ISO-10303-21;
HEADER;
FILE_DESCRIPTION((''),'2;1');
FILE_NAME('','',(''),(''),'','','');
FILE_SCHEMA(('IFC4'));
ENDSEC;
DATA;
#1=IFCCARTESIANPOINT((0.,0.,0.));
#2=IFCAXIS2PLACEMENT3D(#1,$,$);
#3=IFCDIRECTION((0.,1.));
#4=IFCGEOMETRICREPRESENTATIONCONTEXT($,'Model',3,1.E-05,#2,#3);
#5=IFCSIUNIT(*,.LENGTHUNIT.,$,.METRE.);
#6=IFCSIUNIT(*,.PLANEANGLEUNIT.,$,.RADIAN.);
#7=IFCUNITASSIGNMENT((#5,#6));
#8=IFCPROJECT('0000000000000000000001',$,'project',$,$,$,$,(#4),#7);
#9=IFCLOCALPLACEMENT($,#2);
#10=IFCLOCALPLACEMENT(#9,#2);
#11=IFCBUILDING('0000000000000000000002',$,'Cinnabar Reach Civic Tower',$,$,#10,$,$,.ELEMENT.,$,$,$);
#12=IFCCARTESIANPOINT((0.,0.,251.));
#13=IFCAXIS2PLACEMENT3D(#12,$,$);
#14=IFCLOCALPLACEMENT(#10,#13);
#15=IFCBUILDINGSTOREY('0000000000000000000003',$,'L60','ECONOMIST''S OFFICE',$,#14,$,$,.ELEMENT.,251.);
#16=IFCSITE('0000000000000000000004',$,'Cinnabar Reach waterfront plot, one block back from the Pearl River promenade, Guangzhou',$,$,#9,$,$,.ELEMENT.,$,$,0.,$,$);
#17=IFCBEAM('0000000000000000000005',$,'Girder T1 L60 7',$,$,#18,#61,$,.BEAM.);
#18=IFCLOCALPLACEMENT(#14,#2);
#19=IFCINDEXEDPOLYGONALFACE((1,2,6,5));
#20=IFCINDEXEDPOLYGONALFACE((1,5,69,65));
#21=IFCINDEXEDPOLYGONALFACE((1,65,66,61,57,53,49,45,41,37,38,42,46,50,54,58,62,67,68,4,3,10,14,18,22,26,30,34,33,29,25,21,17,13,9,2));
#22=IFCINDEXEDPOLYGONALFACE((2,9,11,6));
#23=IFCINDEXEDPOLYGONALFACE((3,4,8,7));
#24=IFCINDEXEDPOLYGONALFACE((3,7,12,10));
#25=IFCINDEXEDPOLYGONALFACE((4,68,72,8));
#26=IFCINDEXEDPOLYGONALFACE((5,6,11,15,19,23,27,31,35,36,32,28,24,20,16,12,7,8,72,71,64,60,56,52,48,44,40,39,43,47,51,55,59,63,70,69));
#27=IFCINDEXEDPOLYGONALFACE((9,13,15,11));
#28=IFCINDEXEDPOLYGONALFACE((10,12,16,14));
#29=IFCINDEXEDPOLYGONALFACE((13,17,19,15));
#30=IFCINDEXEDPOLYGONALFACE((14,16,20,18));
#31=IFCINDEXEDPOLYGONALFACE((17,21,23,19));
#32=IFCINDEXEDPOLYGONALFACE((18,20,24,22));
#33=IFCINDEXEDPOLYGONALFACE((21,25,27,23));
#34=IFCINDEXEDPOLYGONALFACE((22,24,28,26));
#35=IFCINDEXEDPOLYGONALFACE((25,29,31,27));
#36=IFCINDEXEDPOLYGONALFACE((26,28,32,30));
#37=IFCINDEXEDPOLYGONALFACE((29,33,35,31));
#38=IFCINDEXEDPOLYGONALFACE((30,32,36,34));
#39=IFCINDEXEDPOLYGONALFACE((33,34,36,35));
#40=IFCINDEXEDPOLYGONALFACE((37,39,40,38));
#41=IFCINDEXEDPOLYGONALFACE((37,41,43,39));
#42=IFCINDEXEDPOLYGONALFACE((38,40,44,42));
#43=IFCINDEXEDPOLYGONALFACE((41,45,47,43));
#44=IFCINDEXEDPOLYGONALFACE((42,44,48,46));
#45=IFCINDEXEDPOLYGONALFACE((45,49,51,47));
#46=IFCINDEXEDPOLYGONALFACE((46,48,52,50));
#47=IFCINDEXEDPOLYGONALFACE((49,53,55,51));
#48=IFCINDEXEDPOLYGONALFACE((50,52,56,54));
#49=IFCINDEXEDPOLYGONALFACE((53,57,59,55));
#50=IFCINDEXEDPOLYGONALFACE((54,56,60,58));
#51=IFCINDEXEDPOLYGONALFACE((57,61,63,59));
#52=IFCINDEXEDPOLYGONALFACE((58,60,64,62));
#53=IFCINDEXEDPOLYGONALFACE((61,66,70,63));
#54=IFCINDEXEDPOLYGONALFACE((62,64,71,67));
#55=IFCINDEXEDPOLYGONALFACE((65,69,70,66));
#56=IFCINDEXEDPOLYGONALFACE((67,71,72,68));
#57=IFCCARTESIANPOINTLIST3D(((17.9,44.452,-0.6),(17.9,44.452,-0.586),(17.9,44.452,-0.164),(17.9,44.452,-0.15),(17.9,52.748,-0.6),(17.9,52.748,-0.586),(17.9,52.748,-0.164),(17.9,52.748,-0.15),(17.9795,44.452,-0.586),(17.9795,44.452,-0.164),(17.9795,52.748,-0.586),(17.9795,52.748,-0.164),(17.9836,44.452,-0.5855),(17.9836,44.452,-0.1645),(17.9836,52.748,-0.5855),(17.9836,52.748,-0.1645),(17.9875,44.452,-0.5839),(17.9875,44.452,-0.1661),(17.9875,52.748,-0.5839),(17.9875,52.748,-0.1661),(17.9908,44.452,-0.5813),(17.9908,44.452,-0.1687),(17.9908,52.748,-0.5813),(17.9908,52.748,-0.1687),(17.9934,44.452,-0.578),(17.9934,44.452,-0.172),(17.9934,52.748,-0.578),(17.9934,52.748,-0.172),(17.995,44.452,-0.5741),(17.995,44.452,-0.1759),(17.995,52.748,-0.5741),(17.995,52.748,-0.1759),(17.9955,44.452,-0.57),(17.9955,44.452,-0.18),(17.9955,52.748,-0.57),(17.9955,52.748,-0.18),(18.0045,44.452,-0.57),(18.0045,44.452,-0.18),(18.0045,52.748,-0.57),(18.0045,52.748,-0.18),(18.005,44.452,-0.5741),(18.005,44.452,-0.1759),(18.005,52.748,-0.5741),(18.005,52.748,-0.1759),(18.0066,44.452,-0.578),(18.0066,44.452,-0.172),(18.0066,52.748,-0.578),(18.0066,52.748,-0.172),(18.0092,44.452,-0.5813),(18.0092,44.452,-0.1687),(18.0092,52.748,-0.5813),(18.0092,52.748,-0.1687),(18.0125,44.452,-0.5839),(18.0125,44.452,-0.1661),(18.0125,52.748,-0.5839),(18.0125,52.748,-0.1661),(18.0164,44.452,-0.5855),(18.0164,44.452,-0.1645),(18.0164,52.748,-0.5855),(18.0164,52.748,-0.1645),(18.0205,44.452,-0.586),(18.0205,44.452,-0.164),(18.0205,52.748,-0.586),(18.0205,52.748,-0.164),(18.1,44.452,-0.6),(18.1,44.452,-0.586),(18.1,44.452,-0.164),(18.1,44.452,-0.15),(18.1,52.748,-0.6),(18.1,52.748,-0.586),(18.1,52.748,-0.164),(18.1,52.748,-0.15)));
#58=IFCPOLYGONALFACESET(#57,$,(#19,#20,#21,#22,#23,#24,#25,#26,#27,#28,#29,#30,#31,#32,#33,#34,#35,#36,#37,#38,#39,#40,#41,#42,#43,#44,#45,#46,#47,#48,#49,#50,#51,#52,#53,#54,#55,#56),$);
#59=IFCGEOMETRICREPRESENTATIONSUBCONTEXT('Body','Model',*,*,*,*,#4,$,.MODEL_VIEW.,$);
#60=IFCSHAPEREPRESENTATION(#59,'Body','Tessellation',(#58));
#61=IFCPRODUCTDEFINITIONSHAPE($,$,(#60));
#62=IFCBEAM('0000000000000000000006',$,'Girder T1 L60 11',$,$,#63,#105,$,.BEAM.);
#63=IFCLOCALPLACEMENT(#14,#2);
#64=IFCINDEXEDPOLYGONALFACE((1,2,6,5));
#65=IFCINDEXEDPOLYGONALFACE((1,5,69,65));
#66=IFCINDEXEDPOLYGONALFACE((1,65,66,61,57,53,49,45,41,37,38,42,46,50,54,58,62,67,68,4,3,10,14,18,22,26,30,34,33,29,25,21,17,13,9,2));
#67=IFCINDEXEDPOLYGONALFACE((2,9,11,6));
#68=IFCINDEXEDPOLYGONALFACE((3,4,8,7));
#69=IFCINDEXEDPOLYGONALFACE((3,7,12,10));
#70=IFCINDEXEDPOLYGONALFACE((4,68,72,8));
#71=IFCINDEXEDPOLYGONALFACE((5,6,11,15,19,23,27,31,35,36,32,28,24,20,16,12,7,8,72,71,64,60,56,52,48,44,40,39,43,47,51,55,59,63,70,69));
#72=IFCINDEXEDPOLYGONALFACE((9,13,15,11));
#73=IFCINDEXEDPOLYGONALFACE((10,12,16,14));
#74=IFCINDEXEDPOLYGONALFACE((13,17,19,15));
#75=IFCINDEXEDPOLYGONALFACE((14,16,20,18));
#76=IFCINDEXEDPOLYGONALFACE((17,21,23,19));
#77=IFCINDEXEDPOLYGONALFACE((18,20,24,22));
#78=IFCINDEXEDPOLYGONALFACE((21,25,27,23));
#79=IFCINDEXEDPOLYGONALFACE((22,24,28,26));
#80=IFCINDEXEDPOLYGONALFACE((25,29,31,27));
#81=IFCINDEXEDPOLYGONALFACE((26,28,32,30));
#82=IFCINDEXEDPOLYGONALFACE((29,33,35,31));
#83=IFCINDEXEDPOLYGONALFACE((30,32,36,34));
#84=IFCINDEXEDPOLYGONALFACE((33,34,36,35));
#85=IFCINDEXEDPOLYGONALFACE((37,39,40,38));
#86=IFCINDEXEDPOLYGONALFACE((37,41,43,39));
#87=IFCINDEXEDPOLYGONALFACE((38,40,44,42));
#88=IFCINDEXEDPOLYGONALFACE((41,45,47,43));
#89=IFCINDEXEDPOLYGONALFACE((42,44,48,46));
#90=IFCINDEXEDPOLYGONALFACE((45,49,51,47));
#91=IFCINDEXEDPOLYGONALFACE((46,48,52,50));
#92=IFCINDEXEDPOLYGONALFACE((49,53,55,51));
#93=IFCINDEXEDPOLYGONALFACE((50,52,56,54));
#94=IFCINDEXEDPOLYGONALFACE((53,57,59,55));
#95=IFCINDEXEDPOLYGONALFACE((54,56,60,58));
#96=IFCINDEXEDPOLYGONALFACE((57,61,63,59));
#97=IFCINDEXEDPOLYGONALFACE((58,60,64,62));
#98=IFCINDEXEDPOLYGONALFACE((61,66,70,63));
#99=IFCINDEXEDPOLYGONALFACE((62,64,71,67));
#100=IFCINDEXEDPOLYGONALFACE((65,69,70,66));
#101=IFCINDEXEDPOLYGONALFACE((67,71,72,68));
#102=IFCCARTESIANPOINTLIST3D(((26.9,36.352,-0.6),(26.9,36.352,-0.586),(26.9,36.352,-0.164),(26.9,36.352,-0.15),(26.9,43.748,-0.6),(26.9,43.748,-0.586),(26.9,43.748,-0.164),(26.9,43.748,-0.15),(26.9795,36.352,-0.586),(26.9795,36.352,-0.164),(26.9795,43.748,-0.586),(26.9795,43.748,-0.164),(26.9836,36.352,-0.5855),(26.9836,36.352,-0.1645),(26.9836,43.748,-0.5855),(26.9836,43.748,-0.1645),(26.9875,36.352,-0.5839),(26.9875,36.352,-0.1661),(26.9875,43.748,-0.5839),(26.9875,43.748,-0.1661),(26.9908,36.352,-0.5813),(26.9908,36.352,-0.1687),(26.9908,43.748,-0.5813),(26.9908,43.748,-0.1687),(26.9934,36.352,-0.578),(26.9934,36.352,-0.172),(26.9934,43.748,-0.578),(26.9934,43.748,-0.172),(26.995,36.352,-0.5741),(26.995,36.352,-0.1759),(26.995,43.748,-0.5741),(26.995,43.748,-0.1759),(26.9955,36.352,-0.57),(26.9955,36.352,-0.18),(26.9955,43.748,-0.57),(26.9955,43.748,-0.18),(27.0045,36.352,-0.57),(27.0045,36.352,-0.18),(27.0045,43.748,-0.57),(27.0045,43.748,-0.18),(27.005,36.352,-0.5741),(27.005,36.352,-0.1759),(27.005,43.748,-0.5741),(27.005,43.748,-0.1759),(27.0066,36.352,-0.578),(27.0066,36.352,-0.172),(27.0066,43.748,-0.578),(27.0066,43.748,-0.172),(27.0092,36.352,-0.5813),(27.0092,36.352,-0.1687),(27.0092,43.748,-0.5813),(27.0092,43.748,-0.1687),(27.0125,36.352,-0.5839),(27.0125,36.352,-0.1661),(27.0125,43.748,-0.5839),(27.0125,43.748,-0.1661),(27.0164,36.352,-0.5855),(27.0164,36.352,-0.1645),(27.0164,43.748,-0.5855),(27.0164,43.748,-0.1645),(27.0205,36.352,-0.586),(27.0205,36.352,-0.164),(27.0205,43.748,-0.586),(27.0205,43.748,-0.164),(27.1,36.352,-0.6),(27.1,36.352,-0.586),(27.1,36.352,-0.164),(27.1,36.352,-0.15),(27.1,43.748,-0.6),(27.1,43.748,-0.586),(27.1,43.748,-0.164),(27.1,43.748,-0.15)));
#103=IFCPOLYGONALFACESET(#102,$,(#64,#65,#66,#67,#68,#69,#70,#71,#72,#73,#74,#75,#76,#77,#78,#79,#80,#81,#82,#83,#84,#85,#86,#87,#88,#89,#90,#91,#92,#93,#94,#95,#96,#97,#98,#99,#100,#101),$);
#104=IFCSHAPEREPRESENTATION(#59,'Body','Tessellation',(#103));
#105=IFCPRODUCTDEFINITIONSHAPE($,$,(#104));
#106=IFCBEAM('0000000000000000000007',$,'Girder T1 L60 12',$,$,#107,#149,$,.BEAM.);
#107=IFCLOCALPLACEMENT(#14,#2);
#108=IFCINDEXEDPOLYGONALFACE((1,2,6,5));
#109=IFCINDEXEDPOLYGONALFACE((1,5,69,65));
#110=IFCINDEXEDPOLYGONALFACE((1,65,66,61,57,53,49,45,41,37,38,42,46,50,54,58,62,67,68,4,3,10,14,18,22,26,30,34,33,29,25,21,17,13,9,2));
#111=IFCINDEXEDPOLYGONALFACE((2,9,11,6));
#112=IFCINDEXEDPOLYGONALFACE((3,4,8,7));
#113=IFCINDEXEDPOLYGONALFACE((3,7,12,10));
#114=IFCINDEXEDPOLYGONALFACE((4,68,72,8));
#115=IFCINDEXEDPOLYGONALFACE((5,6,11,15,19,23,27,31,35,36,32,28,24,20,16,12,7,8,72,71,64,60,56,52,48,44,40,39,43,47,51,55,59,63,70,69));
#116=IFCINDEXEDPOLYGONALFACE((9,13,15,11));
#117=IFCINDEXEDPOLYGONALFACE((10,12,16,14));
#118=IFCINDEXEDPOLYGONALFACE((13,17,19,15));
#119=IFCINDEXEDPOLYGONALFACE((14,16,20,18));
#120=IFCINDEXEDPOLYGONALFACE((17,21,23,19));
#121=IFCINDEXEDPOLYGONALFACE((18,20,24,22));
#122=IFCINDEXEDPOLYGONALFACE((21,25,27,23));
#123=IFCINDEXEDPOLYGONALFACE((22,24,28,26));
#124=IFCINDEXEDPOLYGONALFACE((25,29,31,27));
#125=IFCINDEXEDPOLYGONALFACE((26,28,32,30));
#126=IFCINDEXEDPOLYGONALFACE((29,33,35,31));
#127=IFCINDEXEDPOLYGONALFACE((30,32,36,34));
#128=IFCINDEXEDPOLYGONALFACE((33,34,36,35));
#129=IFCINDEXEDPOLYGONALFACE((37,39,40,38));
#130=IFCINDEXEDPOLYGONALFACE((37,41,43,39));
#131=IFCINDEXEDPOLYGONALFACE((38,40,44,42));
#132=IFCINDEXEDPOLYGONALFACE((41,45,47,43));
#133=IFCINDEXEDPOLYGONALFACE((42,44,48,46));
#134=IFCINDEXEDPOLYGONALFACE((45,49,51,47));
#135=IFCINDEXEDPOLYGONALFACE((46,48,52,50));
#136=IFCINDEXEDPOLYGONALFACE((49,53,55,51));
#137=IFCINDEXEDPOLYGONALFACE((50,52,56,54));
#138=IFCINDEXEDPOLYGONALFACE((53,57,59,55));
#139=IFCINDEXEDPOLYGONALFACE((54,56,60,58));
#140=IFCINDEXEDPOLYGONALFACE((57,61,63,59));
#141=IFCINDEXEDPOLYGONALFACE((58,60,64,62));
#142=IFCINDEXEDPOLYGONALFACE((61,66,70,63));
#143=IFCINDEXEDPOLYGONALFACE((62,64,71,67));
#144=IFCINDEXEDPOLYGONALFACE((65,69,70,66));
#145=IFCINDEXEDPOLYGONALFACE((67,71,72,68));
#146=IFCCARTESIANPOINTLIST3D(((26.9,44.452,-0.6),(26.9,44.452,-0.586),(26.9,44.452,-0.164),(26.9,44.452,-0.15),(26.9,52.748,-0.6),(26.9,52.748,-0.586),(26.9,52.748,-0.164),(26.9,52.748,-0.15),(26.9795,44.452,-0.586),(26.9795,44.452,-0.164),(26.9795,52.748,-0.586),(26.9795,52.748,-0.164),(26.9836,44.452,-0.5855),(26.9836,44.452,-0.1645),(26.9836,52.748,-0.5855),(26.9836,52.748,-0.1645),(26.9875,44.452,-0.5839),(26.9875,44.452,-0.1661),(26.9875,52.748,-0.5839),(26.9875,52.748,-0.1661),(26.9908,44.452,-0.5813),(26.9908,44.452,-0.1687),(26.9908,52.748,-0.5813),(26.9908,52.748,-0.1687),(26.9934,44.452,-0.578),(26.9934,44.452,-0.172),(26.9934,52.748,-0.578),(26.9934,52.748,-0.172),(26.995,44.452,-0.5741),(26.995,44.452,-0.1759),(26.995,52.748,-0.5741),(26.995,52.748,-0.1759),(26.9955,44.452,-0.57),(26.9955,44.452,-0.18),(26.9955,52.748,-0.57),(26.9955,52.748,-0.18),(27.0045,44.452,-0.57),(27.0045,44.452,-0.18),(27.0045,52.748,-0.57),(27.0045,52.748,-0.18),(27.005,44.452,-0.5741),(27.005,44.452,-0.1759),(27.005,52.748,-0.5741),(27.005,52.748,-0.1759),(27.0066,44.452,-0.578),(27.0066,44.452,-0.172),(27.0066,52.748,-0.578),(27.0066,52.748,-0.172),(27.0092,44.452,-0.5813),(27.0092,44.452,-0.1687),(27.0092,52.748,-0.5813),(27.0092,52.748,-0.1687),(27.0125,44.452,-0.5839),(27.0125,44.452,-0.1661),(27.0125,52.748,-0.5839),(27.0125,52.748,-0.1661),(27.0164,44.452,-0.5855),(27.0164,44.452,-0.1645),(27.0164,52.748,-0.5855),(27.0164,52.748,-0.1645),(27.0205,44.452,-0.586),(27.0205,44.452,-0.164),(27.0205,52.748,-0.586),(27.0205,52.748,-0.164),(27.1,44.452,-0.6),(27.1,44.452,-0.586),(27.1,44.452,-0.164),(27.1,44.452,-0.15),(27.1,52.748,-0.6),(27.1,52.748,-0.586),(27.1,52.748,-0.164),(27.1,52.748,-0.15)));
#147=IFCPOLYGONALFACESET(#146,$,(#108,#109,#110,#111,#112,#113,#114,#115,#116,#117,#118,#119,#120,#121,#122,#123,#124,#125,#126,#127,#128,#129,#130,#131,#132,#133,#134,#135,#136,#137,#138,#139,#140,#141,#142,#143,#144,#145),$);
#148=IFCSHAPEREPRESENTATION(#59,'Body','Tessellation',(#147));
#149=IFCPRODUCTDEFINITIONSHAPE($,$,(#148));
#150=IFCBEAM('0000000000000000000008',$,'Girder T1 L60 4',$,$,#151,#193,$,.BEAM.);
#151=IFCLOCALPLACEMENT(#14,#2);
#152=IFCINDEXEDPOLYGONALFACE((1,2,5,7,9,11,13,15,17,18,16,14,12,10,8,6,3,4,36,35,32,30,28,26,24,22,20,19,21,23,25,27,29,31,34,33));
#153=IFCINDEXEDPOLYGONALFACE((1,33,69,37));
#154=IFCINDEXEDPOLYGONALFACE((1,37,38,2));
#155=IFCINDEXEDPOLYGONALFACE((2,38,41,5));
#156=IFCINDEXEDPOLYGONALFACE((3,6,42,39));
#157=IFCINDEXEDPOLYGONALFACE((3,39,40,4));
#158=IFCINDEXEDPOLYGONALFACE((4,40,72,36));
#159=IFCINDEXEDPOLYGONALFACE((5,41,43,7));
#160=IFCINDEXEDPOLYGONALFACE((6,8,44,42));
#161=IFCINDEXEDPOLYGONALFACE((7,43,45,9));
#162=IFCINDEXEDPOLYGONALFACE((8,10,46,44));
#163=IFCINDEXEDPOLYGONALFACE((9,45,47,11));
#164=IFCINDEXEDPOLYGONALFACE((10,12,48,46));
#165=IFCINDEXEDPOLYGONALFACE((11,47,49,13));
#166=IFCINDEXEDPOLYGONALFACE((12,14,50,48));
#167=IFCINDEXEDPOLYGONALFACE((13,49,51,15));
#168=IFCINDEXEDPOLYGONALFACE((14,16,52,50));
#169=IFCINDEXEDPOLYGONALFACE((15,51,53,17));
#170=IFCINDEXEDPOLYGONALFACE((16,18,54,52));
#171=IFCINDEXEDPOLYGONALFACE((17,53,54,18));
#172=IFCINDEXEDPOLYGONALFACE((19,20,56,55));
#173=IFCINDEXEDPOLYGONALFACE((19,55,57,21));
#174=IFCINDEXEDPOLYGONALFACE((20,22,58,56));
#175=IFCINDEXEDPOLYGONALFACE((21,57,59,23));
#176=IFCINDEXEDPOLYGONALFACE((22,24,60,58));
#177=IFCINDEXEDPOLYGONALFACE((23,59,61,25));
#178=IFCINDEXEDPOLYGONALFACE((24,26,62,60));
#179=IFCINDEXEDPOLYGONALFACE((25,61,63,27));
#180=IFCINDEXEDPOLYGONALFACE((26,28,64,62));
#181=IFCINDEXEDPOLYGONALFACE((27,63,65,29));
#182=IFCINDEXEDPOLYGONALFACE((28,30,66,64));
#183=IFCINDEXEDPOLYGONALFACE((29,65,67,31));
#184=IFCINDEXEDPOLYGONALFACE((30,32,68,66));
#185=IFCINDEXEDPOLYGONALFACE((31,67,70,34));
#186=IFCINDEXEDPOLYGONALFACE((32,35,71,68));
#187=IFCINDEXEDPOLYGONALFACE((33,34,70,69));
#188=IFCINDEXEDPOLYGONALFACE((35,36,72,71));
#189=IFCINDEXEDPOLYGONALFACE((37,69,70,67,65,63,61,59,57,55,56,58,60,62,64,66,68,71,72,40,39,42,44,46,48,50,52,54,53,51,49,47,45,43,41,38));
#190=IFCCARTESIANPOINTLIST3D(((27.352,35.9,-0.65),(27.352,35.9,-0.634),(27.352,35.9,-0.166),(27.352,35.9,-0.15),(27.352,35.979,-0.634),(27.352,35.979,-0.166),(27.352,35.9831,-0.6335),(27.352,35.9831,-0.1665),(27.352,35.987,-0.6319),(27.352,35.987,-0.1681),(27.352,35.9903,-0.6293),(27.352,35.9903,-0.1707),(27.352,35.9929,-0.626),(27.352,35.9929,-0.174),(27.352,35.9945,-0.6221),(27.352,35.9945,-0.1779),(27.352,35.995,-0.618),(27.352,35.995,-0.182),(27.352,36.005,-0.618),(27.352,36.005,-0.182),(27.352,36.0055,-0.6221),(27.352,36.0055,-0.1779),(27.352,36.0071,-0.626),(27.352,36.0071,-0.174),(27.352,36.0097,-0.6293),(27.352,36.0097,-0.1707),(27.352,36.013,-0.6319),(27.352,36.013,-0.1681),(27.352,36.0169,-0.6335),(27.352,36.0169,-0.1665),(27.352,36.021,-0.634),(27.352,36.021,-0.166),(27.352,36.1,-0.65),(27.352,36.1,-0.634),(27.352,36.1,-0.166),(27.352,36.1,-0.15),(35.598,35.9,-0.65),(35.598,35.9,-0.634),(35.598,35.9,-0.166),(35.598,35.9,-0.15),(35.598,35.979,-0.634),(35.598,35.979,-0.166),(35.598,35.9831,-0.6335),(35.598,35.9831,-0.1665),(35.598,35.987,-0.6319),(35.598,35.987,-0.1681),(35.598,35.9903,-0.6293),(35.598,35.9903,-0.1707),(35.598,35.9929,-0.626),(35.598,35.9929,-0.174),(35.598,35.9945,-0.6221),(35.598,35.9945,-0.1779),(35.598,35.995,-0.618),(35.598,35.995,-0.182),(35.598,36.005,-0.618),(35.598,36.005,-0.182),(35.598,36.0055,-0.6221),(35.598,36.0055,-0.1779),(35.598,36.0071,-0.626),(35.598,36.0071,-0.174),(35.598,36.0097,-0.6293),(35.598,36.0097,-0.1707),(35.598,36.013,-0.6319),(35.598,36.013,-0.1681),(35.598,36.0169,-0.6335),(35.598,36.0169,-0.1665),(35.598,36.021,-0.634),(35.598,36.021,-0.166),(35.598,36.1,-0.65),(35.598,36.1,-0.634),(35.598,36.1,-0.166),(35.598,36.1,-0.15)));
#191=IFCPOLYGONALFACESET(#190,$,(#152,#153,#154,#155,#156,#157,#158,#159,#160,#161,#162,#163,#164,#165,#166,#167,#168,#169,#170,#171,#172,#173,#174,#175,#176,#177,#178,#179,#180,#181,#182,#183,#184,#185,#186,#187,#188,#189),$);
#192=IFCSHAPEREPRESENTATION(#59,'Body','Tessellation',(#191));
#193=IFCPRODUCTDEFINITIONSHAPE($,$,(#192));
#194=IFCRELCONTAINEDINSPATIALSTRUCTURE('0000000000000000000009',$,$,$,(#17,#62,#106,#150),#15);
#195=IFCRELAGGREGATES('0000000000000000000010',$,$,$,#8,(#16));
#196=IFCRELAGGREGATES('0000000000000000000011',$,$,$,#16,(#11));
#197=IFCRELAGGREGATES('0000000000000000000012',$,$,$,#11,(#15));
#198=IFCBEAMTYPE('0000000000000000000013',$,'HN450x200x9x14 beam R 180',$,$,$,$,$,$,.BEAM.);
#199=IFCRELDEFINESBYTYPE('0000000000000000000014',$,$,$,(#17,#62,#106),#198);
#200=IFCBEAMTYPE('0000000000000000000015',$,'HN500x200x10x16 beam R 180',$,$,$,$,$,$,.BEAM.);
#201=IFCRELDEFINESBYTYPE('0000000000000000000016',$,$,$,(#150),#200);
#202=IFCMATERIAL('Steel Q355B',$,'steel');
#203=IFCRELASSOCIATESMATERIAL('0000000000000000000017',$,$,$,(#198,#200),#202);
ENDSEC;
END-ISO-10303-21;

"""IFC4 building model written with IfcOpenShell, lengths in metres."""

from ifc_helpers import new_model, si_unit, direction, frame, origin, origin_2d, place, context, subcontext, project, spatial, i_section, extrude, material, material_profile, profile_set, type_object, element, save


model = new_model("IFC4")

# Units and contexts
model_context = context("Model", 3, precision=1e-05, world=origin(), true_north=direction((0.0, 1.0)))
body_context = subcontext(model_context, "Body", "Model", "MODEL_VIEW")
ifc_project = project(units=[si_unit("LENGTHUNIT", "METRE"), si_unit("PLANEANGLEUNIT", "RADIAN")], contexts=[model_context])

# Site, building, storey
site_placement = place(None, origin())
site = spatial("IfcSite", under=ifc_project, at=site_placement, Name="Cinnabar Reach waterfront plot, one block back from the Pearl River promenade, Guangzhou", CompositionType="ELEMENT", RefElevation=0.0)
building_placement = place(site_placement, origin())
building = spatial("IfcBuilding", under=site, at=building_placement, Name="Cinnabar Reach Civic Tower", CompositionType="ELEMENT")
storey_placement = place(building_placement, frame((0.0, 0.0, 251.0)))
storey = spatial("IfcBuildingStorey", under=building, at=storey_placement, Name="L60", Description="ECONOMIST'S OFFICE", CompositionType="ELEMENT", Elevation=251.0)

# Beams
ifc_material_1 = material(Name="Steel Q355B", Category="steel")
ifc_material_profile_1 = material_profile(ifc_material_1, i_section(OverallWidth=0.2, OverallDepth=0.45, WebThickness=0.009, FlangeThickness=0.014, FilletRadius=0.016, at=origin_2d()), Name="HN450x200x9x14")
ifc_profile_set_1 = profile_set([ifc_material_profile_1], Name="Steel Q355B")
beam_type_1 = type_object("IfcBeamType", Name="HN450x200x9x14 beam R 180", PredefinedType="BEAM", material=ifc_profile_set_1)
beam_1_placement = place(storey_placement, frame((18.0, 44.452, -0.375), z_axis=(0.0, 1.0, 0.0), x_axis=(-1.0, 0.0, 0.0)))
element("IfcBeam", 1, at=beam_1_placement, inside=storey, type_object=beam_type_1, Name="Girder T1 L60 7", PredefinedType="BEAM", context=body_context, shape_type="SweptSolid", body=[
    extrude(i_section(OverallWidth=0.2, OverallDepth=0.45, WebThickness=0.009, FlangeThickness=0.014, FilletRadius=0.016, at=origin_2d()), origin(), (0.0, 0.0, 1.0), 8.296),
])
beam_2_placement = place(storey_placement, frame((27.0, 36.352, -0.375), z_axis=(0.0, 1.0, 0.0), x_axis=(-1.0, 0.0, 0.0)))
element("IfcBeam", 2, at=beam_2_placement, inside=storey, type_object=beam_type_1, Name="Girder T1 L60 11", PredefinedType="BEAM", context=body_context, shape_type="SweptSolid", body=[
    extrude(i_section(OverallWidth=0.2, OverallDepth=0.45, WebThickness=0.009, FlangeThickness=0.014, FilletRadius=0.016, at=origin_2d()), origin(), (0.0, 0.0, 1.0), 7.396),
])
beam_3_placement = place(storey_placement, frame((27.0, 44.452, -0.375), z_axis=(0.0, 1.0, 0.0), x_axis=(-1.0, 0.0, 0.0)))
element("IfcBeam", 3, at=beam_3_placement, inside=storey, type_object=beam_type_1, Name="Girder T1 L60 12", PredefinedType="BEAM", context=body_context, shape_type="SweptSolid", body=[
    extrude(i_section(OverallWidth=0.2, OverallDepth=0.45, WebThickness=0.009, FlangeThickness=0.014, FilletRadius=0.016, at=origin_2d()), origin(), (0.0, 0.0, 1.0), 8.296),
])
ifc_material_profile_2 = material_profile(ifc_material_1, i_section(OverallWidth=0.2, OverallDepth=0.5, WebThickness=0.01, FlangeThickness=0.016, FilletRadius=0.016, at=origin_2d()), Name="HN500x200x10x16")
ifc_profile_set_2 = profile_set([ifc_material_profile_2], Name="Steel Q355B")
beam_type_2 = type_object("IfcBeamType", Name="HN500x200x10x16 beam R 180", PredefinedType="BEAM", material=ifc_profile_set_2)
beam_4_placement = place(storey_placement, frame((27.352, 36.0, -0.4), z_axis=(1.0, 0.0, 0.0), x_axis=(0.0, 1.0, 0.0)))
element("IfcBeam", 4, at=beam_4_placement, inside=storey, type_object=beam_type_2, Name="Girder T1 L60 4", PredefinedType="BEAM", context=body_context, shape_type="SweptSolid", body=[
    extrude(i_section(OverallWidth=0.2, OverallDepth=0.5, WebThickness=0.01, FlangeThickness=0.016, FilletRadius=0.016, at=origin_2d()), origin(), (0.0, 0.0, 1.0), 8.246),
])

save(model, "model.ifc")
